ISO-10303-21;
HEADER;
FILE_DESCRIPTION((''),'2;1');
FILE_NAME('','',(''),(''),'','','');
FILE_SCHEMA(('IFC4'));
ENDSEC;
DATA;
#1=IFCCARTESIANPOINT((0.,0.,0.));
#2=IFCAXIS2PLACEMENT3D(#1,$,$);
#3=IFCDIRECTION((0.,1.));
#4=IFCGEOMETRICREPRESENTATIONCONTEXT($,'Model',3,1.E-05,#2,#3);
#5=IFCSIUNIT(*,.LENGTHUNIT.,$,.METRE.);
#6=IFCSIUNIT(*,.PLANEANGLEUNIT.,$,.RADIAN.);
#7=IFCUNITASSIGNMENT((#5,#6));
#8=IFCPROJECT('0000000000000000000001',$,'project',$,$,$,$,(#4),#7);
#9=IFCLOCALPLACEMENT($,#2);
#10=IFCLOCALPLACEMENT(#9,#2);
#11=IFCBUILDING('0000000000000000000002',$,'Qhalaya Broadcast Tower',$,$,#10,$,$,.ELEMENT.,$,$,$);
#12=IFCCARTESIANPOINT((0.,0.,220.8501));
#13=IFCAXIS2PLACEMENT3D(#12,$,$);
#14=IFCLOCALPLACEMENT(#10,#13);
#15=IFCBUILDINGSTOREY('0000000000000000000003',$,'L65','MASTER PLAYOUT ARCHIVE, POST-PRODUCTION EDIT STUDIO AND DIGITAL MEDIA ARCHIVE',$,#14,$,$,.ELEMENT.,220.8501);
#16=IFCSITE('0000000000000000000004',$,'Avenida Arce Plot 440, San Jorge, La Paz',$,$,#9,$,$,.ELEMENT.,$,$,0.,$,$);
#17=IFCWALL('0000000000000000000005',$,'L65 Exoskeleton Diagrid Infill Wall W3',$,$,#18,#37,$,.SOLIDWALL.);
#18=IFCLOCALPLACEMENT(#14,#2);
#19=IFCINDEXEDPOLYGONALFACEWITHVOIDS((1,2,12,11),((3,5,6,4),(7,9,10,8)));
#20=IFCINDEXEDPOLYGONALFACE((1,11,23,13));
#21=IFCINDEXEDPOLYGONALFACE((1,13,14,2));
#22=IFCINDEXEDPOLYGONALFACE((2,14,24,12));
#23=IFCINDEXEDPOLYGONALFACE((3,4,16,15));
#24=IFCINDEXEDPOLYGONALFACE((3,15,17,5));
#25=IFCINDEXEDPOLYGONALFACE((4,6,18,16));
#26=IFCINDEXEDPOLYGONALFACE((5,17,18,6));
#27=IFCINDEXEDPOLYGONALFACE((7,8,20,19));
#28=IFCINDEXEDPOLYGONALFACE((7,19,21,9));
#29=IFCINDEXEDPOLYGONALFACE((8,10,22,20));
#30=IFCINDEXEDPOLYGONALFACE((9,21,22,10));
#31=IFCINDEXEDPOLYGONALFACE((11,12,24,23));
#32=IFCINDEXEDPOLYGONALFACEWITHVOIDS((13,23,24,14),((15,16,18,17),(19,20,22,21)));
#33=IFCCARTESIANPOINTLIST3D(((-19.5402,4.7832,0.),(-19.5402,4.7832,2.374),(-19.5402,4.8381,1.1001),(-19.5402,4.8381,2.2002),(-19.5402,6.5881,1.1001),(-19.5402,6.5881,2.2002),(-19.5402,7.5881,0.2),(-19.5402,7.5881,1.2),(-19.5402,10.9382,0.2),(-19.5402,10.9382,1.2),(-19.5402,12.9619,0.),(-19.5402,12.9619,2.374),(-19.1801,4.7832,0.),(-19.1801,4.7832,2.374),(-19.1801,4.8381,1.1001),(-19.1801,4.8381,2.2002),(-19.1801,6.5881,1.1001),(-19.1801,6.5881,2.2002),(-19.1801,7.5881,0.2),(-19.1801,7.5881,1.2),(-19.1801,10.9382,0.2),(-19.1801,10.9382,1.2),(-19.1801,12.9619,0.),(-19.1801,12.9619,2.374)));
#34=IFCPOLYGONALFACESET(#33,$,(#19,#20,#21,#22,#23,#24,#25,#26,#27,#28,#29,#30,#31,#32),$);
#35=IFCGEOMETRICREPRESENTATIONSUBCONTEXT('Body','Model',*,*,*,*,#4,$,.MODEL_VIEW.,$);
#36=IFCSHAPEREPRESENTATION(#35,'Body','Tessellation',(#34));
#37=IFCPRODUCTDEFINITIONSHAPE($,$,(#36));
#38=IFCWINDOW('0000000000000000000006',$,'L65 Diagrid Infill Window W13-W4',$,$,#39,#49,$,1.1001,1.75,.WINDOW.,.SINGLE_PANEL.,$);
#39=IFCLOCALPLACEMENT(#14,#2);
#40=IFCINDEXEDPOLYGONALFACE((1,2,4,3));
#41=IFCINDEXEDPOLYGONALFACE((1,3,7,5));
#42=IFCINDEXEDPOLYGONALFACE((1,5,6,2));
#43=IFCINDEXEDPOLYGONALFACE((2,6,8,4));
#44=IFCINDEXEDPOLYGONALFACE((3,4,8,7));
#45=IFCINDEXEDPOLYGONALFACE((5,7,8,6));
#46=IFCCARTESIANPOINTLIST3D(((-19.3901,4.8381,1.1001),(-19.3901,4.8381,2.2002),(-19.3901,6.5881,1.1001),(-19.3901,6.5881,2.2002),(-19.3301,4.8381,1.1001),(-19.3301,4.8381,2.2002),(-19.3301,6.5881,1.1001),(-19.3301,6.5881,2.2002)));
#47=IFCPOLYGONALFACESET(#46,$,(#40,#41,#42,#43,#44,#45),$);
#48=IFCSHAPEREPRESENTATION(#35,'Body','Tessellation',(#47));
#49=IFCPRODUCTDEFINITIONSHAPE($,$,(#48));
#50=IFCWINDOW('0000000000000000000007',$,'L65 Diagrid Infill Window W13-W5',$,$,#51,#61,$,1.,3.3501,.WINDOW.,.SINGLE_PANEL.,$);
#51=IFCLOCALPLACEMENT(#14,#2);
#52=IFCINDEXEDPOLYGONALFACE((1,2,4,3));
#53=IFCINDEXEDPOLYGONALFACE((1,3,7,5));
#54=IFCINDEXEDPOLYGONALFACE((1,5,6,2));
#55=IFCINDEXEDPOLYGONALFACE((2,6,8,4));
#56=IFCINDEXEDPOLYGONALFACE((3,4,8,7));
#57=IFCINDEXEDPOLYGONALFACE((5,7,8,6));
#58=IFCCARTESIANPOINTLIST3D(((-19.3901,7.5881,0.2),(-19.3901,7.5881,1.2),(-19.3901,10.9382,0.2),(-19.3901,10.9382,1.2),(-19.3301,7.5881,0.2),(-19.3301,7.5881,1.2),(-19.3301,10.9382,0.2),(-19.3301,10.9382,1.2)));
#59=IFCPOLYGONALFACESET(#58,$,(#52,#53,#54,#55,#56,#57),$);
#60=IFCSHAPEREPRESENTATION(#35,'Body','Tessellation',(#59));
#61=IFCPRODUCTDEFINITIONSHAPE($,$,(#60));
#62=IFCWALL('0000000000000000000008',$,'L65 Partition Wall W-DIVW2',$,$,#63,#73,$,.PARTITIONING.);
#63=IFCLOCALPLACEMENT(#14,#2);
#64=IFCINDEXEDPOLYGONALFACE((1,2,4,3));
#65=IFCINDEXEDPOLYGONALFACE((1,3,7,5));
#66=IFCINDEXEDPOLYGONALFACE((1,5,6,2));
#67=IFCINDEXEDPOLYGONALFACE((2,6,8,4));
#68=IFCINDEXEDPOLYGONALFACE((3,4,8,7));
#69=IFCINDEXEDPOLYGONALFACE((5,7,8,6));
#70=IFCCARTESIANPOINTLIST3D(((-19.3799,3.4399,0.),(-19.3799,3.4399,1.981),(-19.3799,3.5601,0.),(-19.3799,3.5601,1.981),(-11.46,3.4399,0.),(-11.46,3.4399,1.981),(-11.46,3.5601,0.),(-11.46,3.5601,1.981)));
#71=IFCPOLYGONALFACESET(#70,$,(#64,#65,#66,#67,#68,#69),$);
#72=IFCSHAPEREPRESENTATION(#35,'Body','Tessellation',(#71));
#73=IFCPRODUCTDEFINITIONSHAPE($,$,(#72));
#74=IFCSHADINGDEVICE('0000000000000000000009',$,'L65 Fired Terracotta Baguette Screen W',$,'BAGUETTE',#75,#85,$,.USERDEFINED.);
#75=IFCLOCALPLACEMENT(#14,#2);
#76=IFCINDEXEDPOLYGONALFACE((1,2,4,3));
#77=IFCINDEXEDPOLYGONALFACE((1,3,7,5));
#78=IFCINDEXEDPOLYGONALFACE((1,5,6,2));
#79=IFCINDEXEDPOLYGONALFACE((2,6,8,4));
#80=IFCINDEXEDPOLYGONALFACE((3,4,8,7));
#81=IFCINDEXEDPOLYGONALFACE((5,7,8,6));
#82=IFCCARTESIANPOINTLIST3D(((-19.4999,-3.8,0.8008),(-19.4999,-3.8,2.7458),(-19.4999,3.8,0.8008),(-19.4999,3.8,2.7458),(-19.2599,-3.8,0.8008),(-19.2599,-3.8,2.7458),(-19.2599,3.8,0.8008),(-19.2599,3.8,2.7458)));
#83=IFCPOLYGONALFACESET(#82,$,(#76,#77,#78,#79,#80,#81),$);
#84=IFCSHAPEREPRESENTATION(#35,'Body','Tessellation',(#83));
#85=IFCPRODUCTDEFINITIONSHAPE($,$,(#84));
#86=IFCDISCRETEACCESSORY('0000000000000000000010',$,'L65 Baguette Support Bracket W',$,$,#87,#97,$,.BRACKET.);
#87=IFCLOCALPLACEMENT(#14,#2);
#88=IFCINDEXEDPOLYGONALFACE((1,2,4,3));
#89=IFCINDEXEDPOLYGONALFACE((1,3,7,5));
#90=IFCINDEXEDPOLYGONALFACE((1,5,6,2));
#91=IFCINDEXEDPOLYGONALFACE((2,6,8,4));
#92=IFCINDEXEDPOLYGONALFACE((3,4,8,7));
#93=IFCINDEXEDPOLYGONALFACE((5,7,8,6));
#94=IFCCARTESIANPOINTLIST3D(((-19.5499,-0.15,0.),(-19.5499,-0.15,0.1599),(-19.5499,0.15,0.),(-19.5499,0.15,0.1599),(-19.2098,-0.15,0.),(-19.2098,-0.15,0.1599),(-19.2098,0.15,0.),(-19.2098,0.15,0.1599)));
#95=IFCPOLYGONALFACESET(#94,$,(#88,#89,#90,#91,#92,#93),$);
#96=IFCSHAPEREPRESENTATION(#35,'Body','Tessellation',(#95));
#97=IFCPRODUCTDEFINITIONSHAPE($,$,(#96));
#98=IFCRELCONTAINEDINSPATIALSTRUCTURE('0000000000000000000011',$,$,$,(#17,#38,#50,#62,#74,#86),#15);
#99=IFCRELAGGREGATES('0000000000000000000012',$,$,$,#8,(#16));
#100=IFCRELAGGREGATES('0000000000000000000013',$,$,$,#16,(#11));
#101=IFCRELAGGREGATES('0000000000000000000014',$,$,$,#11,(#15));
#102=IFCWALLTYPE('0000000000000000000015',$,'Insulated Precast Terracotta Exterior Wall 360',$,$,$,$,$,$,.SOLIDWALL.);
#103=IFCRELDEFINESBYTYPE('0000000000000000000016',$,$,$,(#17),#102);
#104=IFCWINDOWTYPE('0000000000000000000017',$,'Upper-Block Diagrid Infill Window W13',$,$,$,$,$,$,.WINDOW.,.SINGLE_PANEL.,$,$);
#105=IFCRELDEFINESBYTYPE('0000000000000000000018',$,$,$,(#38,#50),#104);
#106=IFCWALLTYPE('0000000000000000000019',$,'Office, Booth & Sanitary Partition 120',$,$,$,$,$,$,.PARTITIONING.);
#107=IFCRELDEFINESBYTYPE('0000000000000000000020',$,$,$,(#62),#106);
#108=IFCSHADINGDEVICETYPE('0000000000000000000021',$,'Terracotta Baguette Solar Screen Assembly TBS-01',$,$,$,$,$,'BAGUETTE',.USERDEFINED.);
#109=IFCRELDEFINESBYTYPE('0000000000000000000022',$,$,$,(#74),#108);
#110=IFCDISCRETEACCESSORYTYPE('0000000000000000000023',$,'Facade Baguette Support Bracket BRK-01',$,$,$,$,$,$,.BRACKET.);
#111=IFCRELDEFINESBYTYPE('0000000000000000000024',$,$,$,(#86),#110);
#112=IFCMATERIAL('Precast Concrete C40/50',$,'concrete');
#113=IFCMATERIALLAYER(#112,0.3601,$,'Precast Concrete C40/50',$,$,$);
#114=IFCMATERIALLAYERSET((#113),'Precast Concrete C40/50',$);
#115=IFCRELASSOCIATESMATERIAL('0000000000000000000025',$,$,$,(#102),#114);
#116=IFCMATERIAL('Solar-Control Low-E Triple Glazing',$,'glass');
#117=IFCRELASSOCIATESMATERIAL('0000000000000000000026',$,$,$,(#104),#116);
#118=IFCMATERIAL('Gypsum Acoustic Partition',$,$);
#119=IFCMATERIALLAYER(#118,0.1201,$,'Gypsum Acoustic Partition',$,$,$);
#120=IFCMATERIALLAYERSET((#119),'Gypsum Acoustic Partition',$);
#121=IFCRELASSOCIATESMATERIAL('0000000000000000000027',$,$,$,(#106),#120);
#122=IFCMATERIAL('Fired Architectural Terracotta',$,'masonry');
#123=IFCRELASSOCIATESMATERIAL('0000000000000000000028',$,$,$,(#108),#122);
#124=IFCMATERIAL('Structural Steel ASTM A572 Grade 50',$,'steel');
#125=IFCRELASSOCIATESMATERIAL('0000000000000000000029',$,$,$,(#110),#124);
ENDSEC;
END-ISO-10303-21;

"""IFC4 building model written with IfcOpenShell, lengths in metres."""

from ifc_helpers import new_model, si_unit, direction, frame, frame_2d, origin, origin_2d, place, context, subcontext, project, spatial, rectangle, extrude, material, layer, layer_set, type_object, element, fill, save


model = new_model("IFC4")

# Units and contexts
model_context = context("Model", 3, precision=1e-05, world=origin(), true_north=direction((0.0, 1.0)))
body_context = subcontext(model_context, "Body", "Model", "MODEL_VIEW")
ifc_project = project(units=[si_unit("LENGTHUNIT", "METRE"), si_unit("PLANEANGLEUNIT", "RADIAN")], contexts=[model_context])

# Site, building, storey
site_placement = place(None, origin())
site = spatial("IfcSite", under=ifc_project, at=site_placement, Name="Avenida Arce Plot 440, San Jorge, La Paz", CompositionType="ELEMENT", RefElevation=0.0)
building_placement = place(site_placement, origin())
building = spatial("IfcBuilding", under=site, at=building_placement, Name="Qhalaya Broadcast Tower", CompositionType="ELEMENT")
storey_placement = place(building_placement, frame((0.0, 0.0, 220.8501)))
storey = spatial("IfcBuildingStorey", under=building, at=storey_placement, Name="L65", Description="MASTER PLAYOUT ARCHIVE, POST-PRODUCTION EDIT STUDIO AND DIGITAL MEDIA ARCHIVE", CompositionType="ELEMENT", Elevation=220.8501)

# Shared definitions
ifc_material_1 = material(Name="Structural Steel ASTM A572 Grade 50", Category="steel")

# Shared definitions
ifc_material_2 = material(Name="Gypsum Acoustic Partition")

# Wall, openings, windows
ifc_material_3 = material(Name="Precast Concrete C40/50", Category="concrete")
ifc_layer_1 = layer(ifc_material_3, 0.3601, Name="Precast Concrete C40/50")
ifc_layer_set_1 = layer_set([ifc_layer_1], Name="Precast Concrete C40/50")
wall_type_1 = type_object("IfcWallType", Name="Insulated Precast Terracotta Exterior Wall 360", PredefinedType="SOLIDWALL", material=ifc_layer_set_1)
wall_1_placement = place(storey_placement, frame((-19.3601, 4.7832, 0.0), z_axis=(0.0, 0.0, 1.0), x_axis=(0.0, 1.0, 0.0)))
wall_1 = element("IfcWall", 1, at=wall_1_placement, inside=storey, type_object=wall_type_1, Name="L65 Exoskeleton Diagrid Infill Wall W3", PredefinedType="SOLIDWALL", context=body_context, shape_type="SweptSolid", body=[
    extrude(rectangle(XDim=8.1787, YDim=0.3601, at=frame_2d((4.0894, 0.0))), origin(), (0.0, 0.0, 1.0), 2.374),
])
opening_1_placement = place(wall_1_placement, frame((0.0549, 0.0, 1.1001)))
opening_1 = element("IfcOpeningElement", 2, at=opening_1_placement, cuts=wall_1, PredefinedType="OPENING", context=body_context, shape_type="SweptSolid", body=[
    extrude(rectangle(XDim=1.75, YDim=1.1001, at=frame_2d((0.875, 0.55))), frame((0.0, 0.1921, 0.0), z_axis=(0.0, -1.0, 0.0), x_axis=(1.0, 0.0, 0.0)), (0.0, 0.0, 1.0), 0.384),
])
opening_2_placement = place(wall_1_placement, frame((2.8049, 0.0, 0.2)))
opening_2 = element("IfcOpeningElement", 3, at=opening_2_placement, cuts=wall_1, PredefinedType="OPENING", context=body_context, shape_type="SweptSolid", body=[
    extrude(rectangle(XDim=3.3501, YDim=1.0, at=frame_2d((1.675, 0.5))), frame((0.0, 0.1921, 0.0), z_axis=(0.0, -1.0, 0.0), x_axis=(1.0, 0.0, 0.0)), (0.0, 0.0, 1.0), 0.384),
])
ifc_material_4 = material(Name="Solar-Control Low-E Triple Glazing", Category="glass")
window_type = type_object("IfcWindowType", Name="Upper-Block Diagrid Infill Window W13", PartitioningType="SINGLE_PANEL", PredefinedType="WINDOW", material=ifc_material_4)
window_1_placement = place(opening_1_placement, origin())
window_1 = element("IfcWindow", 4, at=window_1_placement, inside=storey, type_object=window_type, Name="L65 Diagrid Infill Window W13-W4", OverallHeight=1.1001, OverallWidth=1.75, PartitioningType="SINGLE_PANEL", PredefinedType="WINDOW", context=body_context, shape_type="SweptSolid", body=[
    extrude(rectangle(XDim=1.75, YDim=1.1001, at=frame_2d((0.875, 0.55))), frame((0.0, 0.03, 0.0), z_axis=(0.0, -1.0, 0.0), x_axis=(1.0, 0.0, 0.0)), (0.0, 0.0, 1.0), 0.0601),
])
fill(opening_1, window_1)
window_2_placement = place(opening_2_placement, origin())
window_2 = element("IfcWindow", 5, at=window_2_placement, inside=storey, type_object=window_type, Name="L65 Diagrid Infill Window W13-W5", OverallHeight=1.0, OverallWidth=3.3501, PartitioningType="SINGLE_PANEL", PredefinedType="WINDOW", context=body_context, shape_type="SweptSolid", body=[
    extrude(rectangle(XDim=3.3501, YDim=1.0, at=frame_2d((1.675, 0.5))), frame((0.0, 0.03, 0.0), z_axis=(0.0, -1.0, 0.0), x_axis=(1.0, 0.0, 0.0)), (0.0, 0.0, 1.0), 0.0601),
])
fill(opening_2, window_2)

# Wall
ifc_layer_2 = layer(ifc_material_2, 0.1201, Name="Gypsum Acoustic Partition")
ifc_layer_set_2 = layer_set([ifc_layer_2], Name="Gypsum Acoustic Partition")
wall_type_2 = type_object("IfcWallType", Name="Office, Booth & Sanitary Partition 120", PredefinedType="PARTITIONING", material=ifc_layer_set_2)
wall_2_placement = place(storey_placement, frame((-19.3799, 3.5, 0.0), z_axis=(0.0, 0.0, 1.0), x_axis=(1.0, 0.0, 0.0)))
element("IfcWall", 6, at=wall_2_placement, inside=storey, type_object=wall_type_2, Name="L65 Partition Wall W-DIVW2", PredefinedType="PARTITIONING", context=body_context, shape_type="SweptSolid", body=[
    extrude(rectangle(XDim=7.9199, YDim=0.1201, at=frame_2d((3.96, 0.0))), origin(), (0.0, 0.0, 1.0), 1.981),
])

# Shading device
ifc_material_5 = material(Name="Fired Architectural Terracotta", Category="masonry")
shading_device_type = type_object("IfcShadingDeviceType", Name="Terracotta Baguette Solar Screen Assembly TBS-01", ElementType="BAGUETTE", PredefinedType="USERDEFINED", material=ifc_material_5)
shading_device_placement = place(storey_placement, frame((-19.3799, 0.0, 0.8008), z_axis=(0.0, 0.0, 1.0), x_axis=(0.0, -1.0, 0.0)))
element("IfcShadingDevice", 7, at=shading_device_placement, inside=storey, type_object=shading_device_type, Name="L65 Fired Terracotta Baguette Screen W", ObjectType="BAGUETTE", PredefinedType="USERDEFINED", context=body_context, shape_type="SweptSolid", body=[
    extrude(rectangle(XDim=7.6001, YDim=0.24, at=origin_2d()), origin(), (0.0, 0.0, 1.0), 1.9451),
])

# Discrete accessory
discrete_accessory_type = type_object("IfcDiscreteAccessoryType", Name="Facade Baguette Support Bracket BRK-01", PredefinedType="BRACKET", material=ifc_material_1)
discrete_accessory_placement = place(storey_placement, frame((-19.3799, 0.0, 0.0), z_axis=(0.0, 0.0, 1.0), x_axis=(0.0, -1.0, 0.0)))
element("IfcDiscreteAccessory", 8, at=discrete_accessory_placement, inside=storey, type_object=discrete_accessory_type, Name="L65 Baguette Support Bracket W", PredefinedType="BRACKET", context=body_context, shape_type="SweptSolid", body=[
    extrude(rectangle(XDim=0.3, YDim=0.3401, at=origin_2d()), origin(), (0.0, 0.0, 1.0), 0.1599),
])

save(model, "model.ifc")
